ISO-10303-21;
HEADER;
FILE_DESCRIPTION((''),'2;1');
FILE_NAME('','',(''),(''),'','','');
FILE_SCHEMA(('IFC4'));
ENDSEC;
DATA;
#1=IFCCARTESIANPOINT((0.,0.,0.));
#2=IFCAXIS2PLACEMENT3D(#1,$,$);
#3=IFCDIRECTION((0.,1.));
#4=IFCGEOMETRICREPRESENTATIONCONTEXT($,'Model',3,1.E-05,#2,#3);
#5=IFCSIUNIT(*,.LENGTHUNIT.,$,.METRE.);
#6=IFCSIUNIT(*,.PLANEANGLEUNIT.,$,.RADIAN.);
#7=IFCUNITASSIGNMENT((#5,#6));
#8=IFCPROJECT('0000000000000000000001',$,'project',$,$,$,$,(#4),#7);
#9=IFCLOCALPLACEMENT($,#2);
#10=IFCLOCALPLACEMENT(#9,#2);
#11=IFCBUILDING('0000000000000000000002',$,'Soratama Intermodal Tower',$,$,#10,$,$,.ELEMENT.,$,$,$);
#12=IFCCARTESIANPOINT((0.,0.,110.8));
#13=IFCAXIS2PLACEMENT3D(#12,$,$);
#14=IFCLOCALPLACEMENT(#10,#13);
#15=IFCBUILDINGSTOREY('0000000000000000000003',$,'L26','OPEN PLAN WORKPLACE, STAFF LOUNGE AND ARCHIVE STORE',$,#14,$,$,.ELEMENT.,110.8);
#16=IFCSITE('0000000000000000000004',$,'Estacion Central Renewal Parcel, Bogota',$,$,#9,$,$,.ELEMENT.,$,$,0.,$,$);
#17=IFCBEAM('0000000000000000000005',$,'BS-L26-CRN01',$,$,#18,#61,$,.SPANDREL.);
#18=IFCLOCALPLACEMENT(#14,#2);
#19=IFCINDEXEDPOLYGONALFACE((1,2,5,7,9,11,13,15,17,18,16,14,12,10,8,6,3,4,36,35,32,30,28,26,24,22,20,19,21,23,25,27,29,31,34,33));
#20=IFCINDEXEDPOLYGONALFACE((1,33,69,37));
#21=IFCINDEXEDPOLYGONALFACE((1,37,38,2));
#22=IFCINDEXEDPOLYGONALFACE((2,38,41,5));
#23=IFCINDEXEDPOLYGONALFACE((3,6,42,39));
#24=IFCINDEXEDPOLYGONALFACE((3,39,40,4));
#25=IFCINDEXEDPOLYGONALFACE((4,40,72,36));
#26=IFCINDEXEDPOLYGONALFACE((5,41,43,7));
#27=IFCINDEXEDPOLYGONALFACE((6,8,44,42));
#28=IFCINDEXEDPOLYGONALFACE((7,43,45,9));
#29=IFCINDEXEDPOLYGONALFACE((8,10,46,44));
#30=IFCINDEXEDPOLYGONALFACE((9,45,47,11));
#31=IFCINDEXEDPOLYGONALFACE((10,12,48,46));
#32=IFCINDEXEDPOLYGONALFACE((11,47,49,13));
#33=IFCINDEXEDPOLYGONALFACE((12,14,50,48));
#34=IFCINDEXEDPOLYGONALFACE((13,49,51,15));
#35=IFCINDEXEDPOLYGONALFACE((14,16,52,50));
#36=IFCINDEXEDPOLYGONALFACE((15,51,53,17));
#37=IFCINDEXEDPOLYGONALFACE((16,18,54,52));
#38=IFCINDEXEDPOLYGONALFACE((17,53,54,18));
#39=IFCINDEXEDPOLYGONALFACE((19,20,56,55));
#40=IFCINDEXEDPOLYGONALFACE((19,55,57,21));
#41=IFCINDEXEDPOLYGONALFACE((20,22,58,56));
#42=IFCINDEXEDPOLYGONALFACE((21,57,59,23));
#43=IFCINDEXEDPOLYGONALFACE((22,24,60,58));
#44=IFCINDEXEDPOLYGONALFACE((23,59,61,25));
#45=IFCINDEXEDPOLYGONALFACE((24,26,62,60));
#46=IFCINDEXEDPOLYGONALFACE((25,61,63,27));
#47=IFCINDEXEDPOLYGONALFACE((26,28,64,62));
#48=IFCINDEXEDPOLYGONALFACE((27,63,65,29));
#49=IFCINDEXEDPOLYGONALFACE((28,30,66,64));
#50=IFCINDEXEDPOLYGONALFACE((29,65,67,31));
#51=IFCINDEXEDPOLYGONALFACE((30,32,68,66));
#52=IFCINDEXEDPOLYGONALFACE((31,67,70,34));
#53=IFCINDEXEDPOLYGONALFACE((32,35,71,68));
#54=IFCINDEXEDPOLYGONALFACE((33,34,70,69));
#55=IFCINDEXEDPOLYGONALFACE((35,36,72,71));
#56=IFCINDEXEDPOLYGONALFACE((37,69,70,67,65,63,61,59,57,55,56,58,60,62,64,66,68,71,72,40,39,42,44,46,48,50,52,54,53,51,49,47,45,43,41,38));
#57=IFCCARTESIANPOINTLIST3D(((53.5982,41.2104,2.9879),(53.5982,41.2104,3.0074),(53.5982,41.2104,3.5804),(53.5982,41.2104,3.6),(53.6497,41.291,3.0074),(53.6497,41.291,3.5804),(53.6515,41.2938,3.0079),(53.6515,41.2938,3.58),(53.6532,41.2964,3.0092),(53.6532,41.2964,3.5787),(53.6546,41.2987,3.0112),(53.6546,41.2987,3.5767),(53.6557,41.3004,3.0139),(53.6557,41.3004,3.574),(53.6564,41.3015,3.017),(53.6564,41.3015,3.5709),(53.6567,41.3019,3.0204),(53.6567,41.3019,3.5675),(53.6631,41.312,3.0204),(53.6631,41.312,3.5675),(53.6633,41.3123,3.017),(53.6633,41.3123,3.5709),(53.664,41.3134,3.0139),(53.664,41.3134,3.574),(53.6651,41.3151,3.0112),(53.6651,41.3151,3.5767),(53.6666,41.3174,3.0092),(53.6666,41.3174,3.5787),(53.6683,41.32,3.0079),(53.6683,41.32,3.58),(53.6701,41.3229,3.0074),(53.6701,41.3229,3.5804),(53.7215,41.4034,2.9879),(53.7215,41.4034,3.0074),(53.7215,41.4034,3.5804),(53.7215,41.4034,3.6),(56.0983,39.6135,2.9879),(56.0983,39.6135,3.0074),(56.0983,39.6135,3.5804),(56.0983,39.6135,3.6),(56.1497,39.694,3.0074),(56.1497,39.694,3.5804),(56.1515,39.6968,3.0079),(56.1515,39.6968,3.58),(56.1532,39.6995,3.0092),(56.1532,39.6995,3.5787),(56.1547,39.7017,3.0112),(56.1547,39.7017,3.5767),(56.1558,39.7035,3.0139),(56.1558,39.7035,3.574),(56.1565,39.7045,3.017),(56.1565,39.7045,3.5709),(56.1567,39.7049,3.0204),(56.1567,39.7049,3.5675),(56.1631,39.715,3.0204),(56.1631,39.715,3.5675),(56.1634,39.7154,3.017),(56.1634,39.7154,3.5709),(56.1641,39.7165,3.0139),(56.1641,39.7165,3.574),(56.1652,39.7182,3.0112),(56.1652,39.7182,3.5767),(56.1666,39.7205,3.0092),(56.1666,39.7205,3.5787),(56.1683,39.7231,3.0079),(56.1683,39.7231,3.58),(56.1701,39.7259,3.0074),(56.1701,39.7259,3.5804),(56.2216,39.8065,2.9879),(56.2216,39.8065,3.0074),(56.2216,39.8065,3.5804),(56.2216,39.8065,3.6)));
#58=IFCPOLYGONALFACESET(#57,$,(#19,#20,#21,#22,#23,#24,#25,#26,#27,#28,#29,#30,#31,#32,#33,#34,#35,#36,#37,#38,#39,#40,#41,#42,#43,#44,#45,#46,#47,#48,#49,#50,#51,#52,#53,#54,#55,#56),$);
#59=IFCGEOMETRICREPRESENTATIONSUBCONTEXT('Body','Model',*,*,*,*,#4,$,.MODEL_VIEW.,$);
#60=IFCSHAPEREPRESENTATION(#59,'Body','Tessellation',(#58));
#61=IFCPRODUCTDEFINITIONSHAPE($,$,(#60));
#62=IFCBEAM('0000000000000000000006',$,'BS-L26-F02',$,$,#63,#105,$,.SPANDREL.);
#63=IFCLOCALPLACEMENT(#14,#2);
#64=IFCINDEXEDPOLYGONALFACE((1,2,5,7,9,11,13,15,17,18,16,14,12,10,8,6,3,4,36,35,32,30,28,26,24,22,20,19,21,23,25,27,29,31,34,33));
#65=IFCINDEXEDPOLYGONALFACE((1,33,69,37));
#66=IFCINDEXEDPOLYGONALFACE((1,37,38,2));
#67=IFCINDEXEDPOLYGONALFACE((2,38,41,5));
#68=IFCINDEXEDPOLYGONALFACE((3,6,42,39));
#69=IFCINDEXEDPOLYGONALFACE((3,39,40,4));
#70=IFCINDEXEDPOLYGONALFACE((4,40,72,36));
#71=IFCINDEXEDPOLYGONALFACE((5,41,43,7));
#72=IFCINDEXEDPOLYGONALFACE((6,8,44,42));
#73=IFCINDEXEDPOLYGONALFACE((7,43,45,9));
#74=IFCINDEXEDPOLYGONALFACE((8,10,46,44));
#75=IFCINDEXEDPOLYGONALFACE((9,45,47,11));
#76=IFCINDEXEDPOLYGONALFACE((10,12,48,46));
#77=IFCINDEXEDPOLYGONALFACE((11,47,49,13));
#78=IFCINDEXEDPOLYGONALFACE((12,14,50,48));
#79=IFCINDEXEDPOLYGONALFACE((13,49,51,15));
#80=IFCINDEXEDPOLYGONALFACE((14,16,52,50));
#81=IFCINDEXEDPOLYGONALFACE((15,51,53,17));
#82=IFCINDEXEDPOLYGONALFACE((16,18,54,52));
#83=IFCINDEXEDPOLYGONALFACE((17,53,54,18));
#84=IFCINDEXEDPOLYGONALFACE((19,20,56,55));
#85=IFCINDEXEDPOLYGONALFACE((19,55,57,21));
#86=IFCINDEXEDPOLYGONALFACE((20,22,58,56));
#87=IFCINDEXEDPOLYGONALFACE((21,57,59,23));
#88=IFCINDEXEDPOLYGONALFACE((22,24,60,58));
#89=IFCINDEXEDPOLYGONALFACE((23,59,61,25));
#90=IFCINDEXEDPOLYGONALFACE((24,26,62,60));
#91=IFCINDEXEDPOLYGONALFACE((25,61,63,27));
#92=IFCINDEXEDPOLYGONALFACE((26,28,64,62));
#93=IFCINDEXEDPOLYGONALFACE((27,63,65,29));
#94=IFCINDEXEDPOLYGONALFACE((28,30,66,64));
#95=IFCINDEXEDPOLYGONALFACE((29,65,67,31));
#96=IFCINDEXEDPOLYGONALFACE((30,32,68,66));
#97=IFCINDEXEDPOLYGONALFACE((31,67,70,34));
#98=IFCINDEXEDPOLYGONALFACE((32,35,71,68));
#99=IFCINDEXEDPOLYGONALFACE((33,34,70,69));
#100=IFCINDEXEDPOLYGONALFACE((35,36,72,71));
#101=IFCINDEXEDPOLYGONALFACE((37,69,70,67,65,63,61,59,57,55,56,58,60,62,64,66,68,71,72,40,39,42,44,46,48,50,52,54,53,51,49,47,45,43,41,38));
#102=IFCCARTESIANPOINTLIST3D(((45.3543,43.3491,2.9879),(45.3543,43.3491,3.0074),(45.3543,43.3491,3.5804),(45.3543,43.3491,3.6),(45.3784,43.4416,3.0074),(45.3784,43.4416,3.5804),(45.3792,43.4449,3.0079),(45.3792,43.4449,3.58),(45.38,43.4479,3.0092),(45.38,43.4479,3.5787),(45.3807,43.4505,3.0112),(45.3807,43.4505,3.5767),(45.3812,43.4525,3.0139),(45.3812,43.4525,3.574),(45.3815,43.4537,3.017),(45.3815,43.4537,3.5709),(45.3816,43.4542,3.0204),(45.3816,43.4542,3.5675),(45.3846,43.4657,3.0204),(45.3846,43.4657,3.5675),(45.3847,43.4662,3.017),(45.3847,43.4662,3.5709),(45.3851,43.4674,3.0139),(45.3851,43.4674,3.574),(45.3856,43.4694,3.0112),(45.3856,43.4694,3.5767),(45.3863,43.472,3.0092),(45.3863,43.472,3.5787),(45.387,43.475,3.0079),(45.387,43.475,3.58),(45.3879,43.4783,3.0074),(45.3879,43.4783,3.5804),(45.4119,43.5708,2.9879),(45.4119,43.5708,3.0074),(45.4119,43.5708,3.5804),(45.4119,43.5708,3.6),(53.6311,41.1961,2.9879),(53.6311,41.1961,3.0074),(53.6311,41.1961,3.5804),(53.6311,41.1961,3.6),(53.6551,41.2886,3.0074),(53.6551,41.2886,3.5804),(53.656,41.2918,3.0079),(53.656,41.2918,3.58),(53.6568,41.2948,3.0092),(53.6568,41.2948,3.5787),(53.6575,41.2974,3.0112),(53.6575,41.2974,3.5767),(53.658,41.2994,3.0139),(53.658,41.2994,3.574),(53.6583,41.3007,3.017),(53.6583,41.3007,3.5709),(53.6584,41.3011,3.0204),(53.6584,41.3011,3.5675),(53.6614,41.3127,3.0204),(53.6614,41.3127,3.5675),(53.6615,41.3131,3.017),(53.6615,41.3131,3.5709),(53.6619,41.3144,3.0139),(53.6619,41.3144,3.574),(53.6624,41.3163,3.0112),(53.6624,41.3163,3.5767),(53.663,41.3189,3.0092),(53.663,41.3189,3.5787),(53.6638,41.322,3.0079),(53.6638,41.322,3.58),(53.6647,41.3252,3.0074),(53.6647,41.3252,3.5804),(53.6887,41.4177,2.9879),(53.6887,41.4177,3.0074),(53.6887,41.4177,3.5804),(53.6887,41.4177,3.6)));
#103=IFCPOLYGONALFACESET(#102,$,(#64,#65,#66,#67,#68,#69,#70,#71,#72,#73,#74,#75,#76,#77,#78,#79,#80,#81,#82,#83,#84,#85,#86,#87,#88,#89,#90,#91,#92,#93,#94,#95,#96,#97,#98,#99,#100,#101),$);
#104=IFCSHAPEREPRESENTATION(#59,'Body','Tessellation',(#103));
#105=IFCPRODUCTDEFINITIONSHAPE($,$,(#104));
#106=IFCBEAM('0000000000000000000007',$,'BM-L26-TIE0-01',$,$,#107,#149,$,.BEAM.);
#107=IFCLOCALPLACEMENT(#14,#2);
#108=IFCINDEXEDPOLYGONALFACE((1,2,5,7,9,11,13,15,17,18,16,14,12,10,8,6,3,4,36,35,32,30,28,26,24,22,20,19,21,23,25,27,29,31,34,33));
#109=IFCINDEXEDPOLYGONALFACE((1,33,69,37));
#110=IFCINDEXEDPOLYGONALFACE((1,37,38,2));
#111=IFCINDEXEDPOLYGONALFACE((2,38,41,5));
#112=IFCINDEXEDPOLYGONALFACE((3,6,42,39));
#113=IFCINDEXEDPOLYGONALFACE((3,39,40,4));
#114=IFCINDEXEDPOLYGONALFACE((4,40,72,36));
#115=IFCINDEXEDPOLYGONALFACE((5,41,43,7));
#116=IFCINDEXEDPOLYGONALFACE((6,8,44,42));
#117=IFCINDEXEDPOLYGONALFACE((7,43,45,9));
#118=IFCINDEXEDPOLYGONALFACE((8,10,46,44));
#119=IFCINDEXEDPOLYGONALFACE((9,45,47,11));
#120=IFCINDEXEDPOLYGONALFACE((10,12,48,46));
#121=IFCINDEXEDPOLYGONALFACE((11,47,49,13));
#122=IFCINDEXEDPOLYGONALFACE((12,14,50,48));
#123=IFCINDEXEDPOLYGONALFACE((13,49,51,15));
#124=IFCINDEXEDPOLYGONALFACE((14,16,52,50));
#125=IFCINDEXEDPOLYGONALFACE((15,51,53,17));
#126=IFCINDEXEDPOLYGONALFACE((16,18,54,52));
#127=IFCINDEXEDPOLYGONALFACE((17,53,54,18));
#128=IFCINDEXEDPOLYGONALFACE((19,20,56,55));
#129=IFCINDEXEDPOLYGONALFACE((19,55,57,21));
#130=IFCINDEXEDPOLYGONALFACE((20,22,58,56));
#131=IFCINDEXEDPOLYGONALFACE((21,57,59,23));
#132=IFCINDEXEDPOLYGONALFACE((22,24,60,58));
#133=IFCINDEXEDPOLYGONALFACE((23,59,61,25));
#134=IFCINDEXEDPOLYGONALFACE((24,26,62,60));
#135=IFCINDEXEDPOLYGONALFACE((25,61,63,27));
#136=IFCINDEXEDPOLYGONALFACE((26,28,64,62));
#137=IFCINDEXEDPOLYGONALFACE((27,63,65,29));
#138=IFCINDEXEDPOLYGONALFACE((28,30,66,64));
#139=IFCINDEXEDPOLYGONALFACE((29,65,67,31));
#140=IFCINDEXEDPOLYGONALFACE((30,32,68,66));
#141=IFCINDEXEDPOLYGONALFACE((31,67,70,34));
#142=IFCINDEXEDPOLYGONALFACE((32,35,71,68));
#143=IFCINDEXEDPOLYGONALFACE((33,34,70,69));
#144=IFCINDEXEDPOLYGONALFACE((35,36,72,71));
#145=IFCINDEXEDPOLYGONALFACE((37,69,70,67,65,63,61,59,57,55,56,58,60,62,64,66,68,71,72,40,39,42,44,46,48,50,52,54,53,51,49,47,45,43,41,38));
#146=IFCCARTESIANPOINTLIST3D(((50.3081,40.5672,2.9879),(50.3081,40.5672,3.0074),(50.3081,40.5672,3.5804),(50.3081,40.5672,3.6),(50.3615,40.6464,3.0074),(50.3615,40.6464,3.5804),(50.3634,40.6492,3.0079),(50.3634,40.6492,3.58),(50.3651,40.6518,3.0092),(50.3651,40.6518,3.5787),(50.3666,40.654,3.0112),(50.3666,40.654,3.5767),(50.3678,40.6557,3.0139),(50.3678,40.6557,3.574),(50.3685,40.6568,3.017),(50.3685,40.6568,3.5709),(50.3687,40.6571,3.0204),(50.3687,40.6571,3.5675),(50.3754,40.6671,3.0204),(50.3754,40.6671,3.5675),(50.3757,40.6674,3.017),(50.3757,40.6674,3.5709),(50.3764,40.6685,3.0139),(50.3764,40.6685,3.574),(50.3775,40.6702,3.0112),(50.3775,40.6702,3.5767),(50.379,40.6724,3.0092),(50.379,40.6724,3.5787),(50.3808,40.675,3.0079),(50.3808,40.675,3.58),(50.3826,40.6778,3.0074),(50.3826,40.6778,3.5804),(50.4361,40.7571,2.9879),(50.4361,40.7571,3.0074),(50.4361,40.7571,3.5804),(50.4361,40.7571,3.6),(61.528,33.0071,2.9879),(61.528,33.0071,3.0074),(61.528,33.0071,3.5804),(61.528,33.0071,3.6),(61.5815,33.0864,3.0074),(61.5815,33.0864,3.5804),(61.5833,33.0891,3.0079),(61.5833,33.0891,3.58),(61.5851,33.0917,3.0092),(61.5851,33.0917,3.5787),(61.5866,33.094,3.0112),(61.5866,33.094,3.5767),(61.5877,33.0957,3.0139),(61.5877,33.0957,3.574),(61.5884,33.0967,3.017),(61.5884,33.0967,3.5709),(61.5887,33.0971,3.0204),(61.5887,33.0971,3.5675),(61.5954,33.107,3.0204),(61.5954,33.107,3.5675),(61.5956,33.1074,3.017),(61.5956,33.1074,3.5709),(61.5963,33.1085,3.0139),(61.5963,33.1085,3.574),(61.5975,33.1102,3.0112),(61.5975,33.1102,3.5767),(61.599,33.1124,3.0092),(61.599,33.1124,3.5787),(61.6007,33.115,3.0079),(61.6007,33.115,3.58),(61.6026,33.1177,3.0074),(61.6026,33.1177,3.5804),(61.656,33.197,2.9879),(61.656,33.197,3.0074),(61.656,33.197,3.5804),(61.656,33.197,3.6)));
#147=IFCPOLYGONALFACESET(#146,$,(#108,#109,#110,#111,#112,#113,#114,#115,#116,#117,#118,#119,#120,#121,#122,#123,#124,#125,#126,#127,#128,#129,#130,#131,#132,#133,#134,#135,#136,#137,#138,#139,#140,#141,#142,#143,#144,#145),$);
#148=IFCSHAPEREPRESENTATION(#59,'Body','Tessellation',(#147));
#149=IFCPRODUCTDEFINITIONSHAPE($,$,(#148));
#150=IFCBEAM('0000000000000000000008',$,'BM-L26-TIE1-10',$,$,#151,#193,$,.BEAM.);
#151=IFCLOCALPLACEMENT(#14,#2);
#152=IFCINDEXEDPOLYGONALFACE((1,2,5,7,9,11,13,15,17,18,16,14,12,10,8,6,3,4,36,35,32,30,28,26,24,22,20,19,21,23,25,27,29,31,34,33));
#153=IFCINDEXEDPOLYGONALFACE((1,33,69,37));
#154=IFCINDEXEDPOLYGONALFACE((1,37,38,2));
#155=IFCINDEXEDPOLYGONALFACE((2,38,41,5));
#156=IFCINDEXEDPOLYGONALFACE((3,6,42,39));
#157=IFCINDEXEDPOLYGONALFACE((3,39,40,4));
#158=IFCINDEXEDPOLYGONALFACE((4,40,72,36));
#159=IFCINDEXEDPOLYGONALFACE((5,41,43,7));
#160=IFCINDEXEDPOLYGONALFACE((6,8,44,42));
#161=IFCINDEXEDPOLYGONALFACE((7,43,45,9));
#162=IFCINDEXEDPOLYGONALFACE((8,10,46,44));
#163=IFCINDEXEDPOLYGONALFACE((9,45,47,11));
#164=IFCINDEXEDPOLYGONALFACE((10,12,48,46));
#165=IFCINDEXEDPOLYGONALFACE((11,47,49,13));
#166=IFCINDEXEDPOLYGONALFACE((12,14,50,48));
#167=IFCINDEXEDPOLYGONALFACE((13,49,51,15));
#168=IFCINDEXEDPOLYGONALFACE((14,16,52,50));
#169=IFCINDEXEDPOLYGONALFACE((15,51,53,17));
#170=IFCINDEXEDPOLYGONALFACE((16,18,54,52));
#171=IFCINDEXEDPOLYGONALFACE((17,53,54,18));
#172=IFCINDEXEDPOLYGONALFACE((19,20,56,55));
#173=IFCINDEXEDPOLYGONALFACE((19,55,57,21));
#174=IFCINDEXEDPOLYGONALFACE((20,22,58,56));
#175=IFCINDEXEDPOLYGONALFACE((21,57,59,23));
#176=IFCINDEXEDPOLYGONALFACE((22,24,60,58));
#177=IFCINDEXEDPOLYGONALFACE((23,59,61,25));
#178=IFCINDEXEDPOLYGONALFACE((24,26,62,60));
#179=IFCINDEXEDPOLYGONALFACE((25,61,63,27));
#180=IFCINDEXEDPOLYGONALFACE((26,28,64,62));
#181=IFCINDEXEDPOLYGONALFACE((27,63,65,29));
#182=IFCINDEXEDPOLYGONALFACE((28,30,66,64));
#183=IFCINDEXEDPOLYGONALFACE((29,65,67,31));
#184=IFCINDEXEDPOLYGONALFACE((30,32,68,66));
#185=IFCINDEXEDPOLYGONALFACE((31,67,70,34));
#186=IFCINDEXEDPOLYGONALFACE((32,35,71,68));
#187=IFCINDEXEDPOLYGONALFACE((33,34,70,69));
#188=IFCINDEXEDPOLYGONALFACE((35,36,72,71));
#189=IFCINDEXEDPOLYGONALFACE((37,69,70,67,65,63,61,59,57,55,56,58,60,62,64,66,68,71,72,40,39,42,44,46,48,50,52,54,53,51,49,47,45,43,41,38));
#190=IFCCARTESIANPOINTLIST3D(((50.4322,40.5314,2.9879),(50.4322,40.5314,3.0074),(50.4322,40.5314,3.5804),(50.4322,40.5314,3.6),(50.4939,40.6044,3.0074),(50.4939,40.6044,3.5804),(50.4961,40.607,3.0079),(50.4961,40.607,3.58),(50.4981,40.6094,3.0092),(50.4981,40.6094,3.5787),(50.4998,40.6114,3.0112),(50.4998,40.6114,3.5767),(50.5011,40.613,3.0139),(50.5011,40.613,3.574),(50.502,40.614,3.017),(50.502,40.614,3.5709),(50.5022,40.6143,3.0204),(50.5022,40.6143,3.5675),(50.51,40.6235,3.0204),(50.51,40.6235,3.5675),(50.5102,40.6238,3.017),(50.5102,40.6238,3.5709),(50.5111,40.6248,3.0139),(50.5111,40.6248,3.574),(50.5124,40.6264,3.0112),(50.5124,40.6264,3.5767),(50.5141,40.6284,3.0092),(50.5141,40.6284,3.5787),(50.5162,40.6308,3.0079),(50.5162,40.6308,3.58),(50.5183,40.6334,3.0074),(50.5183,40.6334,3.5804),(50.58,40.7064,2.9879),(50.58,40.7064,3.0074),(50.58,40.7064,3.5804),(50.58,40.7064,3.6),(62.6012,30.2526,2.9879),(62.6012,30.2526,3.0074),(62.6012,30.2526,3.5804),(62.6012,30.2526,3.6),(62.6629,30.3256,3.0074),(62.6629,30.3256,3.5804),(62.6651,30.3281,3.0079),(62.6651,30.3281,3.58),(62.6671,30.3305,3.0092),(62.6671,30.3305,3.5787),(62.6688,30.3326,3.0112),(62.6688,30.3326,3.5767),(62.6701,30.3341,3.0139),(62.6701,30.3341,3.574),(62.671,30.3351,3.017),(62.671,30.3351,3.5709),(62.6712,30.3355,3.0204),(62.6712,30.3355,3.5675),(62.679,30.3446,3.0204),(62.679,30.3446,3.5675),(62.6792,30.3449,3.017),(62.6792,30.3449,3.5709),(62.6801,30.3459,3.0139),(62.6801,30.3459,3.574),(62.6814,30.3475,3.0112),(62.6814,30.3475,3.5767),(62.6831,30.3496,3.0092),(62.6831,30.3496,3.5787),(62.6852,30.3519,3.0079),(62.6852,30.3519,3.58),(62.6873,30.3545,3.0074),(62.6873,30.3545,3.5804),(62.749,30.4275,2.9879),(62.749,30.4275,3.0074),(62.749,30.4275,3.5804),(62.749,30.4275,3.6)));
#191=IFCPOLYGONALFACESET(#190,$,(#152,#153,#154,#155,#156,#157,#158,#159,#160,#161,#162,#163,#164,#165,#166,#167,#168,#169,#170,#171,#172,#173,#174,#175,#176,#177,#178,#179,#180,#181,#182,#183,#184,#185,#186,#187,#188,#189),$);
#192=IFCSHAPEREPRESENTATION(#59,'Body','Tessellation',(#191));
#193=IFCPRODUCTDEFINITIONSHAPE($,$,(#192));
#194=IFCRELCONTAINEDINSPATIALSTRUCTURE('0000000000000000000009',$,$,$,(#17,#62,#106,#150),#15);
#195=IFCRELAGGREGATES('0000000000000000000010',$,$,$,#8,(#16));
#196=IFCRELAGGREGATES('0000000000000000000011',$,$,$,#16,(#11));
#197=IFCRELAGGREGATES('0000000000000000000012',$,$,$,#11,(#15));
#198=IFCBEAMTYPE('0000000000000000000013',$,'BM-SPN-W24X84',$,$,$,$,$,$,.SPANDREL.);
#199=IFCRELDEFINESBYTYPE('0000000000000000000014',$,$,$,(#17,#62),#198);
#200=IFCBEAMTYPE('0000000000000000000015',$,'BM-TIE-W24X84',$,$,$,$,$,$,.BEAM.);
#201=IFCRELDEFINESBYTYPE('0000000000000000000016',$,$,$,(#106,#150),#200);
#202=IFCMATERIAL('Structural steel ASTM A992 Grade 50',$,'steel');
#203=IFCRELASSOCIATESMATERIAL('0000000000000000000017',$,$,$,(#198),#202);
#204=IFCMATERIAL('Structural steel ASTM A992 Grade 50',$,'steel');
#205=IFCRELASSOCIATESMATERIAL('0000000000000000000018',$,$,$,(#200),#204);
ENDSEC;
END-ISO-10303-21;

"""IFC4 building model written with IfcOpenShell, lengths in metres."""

from ifc_helpers import new_model, si_unit, direction, frame, origin, origin_2d, place, context, subcontext, project, spatial, i_section, extrude, material, material_profile, profile_set, type_object, element, save


model = new_model("IFC4")

# Units and contexts
model_context = context("Model", 3, precision=1e-05, world=origin(), true_north=direction((0.0, 1.0)))
body_context = subcontext(model_context, "Body", "Model", "MODEL_VIEW")
ifc_project = project(units=[si_unit("LENGTHUNIT", "METRE"), si_unit("PLANEANGLEUNIT", "RADIAN")], contexts=[model_context])

# Site, building, storey
site_placement = place(None, origin())
site = spatial("IfcSite", under=ifc_project, at=site_placement, Name="Estacion Central Renewal Parcel, Bogota", CompositionType="ELEMENT", RefElevation=0.0)
building_placement = place(site_placement, origin())
building = spatial("IfcBuilding", under=site, at=building_placement, Name="Soratama Intermodal Tower", CompositionType="ELEMENT")
storey_placement = place(building_placement, frame((0.0, 0.0, 110.8)))
storey = spatial("IfcBuildingStorey", under=building, at=storey_placement, Name="L26", Description="OPEN PLAN WORKPLACE, STAFF LOUNGE AND ARCHIVE STORE", CompositionType="ELEMENT", Elevation=110.8)

# Beams
ifc_material_1 = material(Name="Structural steel ASTM A992 Grade 50", Category="steel")
ifc_material_profile_1 = material_profile(ifc_material_1, i_section(OverallWidth=0.229, OverallDepth=0.6121, WebThickness=0.012, FlangeThickness=0.0195, FilletRadius=0.0129, at=origin_2d()), Name="W24X84")
ifc_profile_set_1 = profile_set([ifc_material_profile_1], Name="Structural steel ASTM A992 Grade 50")
beam_type_1 = type_object("IfcBeamType", Name="BM-SPN-W24X84", PredefinedType="SPANDREL", material=ifc_profile_set_1)
beam_1_placement = place(storey_placement, frame((56.1599, 39.71, 3.2939), z_axis=(-0.842742, 0.538318, 0.0), x_axis=(-0.538318, -0.842742, 0.0)))
element("IfcBeam", 1, at=beam_1_placement, inside=storey, type_object=beam_type_1, Name="BS-L26-CRN01", PredefinedType="SPANDREL", context=body_context, shape_type="SweptSolid", body=[
    extrude(i_section(OverallWidth=0.229, OverallDepth=0.6121, WebThickness=0.012, FlangeThickness=0.0195, FilletRadius=0.0129, at=origin_2d()), origin(), (0.0, 0.0, 1.0), 2.9666),
])
beam_2_placement = place(storey_placement, frame((53.6599, 41.3069, 3.2939), z_axis=(-0.967791, 0.251754, 0.0), x_axis=(-0.251754, -0.967791, 0.0)))
element("IfcBeam", 2, at=beam_2_placement, inside=storey, type_object=beam_type_1, Name="BS-L26-F02", PredefinedType="SPANDREL", context=body_context, shape_type="SweptSolid", body=[
    extrude(i_section(OverallWidth=0.229, OverallDepth=0.6121, WebThickness=0.012, FlangeThickness=0.0195, FilletRadius=0.0129, at=origin_2d()), origin(), (0.0, 0.0, 1.0), 8.5522),
])
ifc_material_2 = material(Name="Structural steel ASTM A992 Grade 50", Category="steel")
ifc_material_profile_2 = material_profile(ifc_material_2, i_section(OverallWidth=0.229, OverallDepth=0.6121, WebThickness=0.012, FlangeThickness=0.0195, FilletRadius=0.0129, at=origin_2d()), Name="W24X84")
ifc_profile_set_2 = profile_set([ifc_material_profile_2], Name="Structural steel ASTM A992 Grade 50")
beam_type_2 = type_object("IfcBeamType", Name="BM-TIE-W24X84", PredefinedType="BEAM", material=ifc_profile_set_2)
beam_3_placement = place(storey_placement, frame((50.3721, 40.6621, 3.2939), z_axis=(0.829308, -0.558791, 0.0), x_axis=(0.558791, 0.829308, 0.0)))
element("IfcBeam", 3, at=beam_3_placement, inside=storey, type_object=beam_type_2, Name="BM-L26-TIE0-01", PredefinedType="BEAM", context=body_context, shape_type="SweptSolid", body=[
    extrude(i_section(OverallWidth=0.229, OverallDepth=0.6121, WebThickness=0.012, FlangeThickness=0.0195, FilletRadius=0.0129, at=origin_2d()), origin(), (0.0, 0.0, 1.0), 13.5293),
])
beam_4_placement = place(storey_placement, frame((50.5061, 40.6189, 3.2939), z_axis=(0.763943, -0.645284, 0.0), x_axis=(0.645284, 0.763943, 0.0)))
element("IfcBeam", 4, at=beam_4_placement, inside=storey, type_object=beam_type_2, Name="BM-L26-TIE1-10", PredefinedType="BEAM", context=body_context, shape_type="SweptSolid", body=[
    extrude(i_section(OverallWidth=0.229, OverallDepth=0.6121, WebThickness=0.012, FlangeThickness=0.0195, FilletRadius=0.0129, at=origin_2d()), origin(), (0.0, 0.0, 1.0), 15.9292),
])

save(model, "model.ifc")
